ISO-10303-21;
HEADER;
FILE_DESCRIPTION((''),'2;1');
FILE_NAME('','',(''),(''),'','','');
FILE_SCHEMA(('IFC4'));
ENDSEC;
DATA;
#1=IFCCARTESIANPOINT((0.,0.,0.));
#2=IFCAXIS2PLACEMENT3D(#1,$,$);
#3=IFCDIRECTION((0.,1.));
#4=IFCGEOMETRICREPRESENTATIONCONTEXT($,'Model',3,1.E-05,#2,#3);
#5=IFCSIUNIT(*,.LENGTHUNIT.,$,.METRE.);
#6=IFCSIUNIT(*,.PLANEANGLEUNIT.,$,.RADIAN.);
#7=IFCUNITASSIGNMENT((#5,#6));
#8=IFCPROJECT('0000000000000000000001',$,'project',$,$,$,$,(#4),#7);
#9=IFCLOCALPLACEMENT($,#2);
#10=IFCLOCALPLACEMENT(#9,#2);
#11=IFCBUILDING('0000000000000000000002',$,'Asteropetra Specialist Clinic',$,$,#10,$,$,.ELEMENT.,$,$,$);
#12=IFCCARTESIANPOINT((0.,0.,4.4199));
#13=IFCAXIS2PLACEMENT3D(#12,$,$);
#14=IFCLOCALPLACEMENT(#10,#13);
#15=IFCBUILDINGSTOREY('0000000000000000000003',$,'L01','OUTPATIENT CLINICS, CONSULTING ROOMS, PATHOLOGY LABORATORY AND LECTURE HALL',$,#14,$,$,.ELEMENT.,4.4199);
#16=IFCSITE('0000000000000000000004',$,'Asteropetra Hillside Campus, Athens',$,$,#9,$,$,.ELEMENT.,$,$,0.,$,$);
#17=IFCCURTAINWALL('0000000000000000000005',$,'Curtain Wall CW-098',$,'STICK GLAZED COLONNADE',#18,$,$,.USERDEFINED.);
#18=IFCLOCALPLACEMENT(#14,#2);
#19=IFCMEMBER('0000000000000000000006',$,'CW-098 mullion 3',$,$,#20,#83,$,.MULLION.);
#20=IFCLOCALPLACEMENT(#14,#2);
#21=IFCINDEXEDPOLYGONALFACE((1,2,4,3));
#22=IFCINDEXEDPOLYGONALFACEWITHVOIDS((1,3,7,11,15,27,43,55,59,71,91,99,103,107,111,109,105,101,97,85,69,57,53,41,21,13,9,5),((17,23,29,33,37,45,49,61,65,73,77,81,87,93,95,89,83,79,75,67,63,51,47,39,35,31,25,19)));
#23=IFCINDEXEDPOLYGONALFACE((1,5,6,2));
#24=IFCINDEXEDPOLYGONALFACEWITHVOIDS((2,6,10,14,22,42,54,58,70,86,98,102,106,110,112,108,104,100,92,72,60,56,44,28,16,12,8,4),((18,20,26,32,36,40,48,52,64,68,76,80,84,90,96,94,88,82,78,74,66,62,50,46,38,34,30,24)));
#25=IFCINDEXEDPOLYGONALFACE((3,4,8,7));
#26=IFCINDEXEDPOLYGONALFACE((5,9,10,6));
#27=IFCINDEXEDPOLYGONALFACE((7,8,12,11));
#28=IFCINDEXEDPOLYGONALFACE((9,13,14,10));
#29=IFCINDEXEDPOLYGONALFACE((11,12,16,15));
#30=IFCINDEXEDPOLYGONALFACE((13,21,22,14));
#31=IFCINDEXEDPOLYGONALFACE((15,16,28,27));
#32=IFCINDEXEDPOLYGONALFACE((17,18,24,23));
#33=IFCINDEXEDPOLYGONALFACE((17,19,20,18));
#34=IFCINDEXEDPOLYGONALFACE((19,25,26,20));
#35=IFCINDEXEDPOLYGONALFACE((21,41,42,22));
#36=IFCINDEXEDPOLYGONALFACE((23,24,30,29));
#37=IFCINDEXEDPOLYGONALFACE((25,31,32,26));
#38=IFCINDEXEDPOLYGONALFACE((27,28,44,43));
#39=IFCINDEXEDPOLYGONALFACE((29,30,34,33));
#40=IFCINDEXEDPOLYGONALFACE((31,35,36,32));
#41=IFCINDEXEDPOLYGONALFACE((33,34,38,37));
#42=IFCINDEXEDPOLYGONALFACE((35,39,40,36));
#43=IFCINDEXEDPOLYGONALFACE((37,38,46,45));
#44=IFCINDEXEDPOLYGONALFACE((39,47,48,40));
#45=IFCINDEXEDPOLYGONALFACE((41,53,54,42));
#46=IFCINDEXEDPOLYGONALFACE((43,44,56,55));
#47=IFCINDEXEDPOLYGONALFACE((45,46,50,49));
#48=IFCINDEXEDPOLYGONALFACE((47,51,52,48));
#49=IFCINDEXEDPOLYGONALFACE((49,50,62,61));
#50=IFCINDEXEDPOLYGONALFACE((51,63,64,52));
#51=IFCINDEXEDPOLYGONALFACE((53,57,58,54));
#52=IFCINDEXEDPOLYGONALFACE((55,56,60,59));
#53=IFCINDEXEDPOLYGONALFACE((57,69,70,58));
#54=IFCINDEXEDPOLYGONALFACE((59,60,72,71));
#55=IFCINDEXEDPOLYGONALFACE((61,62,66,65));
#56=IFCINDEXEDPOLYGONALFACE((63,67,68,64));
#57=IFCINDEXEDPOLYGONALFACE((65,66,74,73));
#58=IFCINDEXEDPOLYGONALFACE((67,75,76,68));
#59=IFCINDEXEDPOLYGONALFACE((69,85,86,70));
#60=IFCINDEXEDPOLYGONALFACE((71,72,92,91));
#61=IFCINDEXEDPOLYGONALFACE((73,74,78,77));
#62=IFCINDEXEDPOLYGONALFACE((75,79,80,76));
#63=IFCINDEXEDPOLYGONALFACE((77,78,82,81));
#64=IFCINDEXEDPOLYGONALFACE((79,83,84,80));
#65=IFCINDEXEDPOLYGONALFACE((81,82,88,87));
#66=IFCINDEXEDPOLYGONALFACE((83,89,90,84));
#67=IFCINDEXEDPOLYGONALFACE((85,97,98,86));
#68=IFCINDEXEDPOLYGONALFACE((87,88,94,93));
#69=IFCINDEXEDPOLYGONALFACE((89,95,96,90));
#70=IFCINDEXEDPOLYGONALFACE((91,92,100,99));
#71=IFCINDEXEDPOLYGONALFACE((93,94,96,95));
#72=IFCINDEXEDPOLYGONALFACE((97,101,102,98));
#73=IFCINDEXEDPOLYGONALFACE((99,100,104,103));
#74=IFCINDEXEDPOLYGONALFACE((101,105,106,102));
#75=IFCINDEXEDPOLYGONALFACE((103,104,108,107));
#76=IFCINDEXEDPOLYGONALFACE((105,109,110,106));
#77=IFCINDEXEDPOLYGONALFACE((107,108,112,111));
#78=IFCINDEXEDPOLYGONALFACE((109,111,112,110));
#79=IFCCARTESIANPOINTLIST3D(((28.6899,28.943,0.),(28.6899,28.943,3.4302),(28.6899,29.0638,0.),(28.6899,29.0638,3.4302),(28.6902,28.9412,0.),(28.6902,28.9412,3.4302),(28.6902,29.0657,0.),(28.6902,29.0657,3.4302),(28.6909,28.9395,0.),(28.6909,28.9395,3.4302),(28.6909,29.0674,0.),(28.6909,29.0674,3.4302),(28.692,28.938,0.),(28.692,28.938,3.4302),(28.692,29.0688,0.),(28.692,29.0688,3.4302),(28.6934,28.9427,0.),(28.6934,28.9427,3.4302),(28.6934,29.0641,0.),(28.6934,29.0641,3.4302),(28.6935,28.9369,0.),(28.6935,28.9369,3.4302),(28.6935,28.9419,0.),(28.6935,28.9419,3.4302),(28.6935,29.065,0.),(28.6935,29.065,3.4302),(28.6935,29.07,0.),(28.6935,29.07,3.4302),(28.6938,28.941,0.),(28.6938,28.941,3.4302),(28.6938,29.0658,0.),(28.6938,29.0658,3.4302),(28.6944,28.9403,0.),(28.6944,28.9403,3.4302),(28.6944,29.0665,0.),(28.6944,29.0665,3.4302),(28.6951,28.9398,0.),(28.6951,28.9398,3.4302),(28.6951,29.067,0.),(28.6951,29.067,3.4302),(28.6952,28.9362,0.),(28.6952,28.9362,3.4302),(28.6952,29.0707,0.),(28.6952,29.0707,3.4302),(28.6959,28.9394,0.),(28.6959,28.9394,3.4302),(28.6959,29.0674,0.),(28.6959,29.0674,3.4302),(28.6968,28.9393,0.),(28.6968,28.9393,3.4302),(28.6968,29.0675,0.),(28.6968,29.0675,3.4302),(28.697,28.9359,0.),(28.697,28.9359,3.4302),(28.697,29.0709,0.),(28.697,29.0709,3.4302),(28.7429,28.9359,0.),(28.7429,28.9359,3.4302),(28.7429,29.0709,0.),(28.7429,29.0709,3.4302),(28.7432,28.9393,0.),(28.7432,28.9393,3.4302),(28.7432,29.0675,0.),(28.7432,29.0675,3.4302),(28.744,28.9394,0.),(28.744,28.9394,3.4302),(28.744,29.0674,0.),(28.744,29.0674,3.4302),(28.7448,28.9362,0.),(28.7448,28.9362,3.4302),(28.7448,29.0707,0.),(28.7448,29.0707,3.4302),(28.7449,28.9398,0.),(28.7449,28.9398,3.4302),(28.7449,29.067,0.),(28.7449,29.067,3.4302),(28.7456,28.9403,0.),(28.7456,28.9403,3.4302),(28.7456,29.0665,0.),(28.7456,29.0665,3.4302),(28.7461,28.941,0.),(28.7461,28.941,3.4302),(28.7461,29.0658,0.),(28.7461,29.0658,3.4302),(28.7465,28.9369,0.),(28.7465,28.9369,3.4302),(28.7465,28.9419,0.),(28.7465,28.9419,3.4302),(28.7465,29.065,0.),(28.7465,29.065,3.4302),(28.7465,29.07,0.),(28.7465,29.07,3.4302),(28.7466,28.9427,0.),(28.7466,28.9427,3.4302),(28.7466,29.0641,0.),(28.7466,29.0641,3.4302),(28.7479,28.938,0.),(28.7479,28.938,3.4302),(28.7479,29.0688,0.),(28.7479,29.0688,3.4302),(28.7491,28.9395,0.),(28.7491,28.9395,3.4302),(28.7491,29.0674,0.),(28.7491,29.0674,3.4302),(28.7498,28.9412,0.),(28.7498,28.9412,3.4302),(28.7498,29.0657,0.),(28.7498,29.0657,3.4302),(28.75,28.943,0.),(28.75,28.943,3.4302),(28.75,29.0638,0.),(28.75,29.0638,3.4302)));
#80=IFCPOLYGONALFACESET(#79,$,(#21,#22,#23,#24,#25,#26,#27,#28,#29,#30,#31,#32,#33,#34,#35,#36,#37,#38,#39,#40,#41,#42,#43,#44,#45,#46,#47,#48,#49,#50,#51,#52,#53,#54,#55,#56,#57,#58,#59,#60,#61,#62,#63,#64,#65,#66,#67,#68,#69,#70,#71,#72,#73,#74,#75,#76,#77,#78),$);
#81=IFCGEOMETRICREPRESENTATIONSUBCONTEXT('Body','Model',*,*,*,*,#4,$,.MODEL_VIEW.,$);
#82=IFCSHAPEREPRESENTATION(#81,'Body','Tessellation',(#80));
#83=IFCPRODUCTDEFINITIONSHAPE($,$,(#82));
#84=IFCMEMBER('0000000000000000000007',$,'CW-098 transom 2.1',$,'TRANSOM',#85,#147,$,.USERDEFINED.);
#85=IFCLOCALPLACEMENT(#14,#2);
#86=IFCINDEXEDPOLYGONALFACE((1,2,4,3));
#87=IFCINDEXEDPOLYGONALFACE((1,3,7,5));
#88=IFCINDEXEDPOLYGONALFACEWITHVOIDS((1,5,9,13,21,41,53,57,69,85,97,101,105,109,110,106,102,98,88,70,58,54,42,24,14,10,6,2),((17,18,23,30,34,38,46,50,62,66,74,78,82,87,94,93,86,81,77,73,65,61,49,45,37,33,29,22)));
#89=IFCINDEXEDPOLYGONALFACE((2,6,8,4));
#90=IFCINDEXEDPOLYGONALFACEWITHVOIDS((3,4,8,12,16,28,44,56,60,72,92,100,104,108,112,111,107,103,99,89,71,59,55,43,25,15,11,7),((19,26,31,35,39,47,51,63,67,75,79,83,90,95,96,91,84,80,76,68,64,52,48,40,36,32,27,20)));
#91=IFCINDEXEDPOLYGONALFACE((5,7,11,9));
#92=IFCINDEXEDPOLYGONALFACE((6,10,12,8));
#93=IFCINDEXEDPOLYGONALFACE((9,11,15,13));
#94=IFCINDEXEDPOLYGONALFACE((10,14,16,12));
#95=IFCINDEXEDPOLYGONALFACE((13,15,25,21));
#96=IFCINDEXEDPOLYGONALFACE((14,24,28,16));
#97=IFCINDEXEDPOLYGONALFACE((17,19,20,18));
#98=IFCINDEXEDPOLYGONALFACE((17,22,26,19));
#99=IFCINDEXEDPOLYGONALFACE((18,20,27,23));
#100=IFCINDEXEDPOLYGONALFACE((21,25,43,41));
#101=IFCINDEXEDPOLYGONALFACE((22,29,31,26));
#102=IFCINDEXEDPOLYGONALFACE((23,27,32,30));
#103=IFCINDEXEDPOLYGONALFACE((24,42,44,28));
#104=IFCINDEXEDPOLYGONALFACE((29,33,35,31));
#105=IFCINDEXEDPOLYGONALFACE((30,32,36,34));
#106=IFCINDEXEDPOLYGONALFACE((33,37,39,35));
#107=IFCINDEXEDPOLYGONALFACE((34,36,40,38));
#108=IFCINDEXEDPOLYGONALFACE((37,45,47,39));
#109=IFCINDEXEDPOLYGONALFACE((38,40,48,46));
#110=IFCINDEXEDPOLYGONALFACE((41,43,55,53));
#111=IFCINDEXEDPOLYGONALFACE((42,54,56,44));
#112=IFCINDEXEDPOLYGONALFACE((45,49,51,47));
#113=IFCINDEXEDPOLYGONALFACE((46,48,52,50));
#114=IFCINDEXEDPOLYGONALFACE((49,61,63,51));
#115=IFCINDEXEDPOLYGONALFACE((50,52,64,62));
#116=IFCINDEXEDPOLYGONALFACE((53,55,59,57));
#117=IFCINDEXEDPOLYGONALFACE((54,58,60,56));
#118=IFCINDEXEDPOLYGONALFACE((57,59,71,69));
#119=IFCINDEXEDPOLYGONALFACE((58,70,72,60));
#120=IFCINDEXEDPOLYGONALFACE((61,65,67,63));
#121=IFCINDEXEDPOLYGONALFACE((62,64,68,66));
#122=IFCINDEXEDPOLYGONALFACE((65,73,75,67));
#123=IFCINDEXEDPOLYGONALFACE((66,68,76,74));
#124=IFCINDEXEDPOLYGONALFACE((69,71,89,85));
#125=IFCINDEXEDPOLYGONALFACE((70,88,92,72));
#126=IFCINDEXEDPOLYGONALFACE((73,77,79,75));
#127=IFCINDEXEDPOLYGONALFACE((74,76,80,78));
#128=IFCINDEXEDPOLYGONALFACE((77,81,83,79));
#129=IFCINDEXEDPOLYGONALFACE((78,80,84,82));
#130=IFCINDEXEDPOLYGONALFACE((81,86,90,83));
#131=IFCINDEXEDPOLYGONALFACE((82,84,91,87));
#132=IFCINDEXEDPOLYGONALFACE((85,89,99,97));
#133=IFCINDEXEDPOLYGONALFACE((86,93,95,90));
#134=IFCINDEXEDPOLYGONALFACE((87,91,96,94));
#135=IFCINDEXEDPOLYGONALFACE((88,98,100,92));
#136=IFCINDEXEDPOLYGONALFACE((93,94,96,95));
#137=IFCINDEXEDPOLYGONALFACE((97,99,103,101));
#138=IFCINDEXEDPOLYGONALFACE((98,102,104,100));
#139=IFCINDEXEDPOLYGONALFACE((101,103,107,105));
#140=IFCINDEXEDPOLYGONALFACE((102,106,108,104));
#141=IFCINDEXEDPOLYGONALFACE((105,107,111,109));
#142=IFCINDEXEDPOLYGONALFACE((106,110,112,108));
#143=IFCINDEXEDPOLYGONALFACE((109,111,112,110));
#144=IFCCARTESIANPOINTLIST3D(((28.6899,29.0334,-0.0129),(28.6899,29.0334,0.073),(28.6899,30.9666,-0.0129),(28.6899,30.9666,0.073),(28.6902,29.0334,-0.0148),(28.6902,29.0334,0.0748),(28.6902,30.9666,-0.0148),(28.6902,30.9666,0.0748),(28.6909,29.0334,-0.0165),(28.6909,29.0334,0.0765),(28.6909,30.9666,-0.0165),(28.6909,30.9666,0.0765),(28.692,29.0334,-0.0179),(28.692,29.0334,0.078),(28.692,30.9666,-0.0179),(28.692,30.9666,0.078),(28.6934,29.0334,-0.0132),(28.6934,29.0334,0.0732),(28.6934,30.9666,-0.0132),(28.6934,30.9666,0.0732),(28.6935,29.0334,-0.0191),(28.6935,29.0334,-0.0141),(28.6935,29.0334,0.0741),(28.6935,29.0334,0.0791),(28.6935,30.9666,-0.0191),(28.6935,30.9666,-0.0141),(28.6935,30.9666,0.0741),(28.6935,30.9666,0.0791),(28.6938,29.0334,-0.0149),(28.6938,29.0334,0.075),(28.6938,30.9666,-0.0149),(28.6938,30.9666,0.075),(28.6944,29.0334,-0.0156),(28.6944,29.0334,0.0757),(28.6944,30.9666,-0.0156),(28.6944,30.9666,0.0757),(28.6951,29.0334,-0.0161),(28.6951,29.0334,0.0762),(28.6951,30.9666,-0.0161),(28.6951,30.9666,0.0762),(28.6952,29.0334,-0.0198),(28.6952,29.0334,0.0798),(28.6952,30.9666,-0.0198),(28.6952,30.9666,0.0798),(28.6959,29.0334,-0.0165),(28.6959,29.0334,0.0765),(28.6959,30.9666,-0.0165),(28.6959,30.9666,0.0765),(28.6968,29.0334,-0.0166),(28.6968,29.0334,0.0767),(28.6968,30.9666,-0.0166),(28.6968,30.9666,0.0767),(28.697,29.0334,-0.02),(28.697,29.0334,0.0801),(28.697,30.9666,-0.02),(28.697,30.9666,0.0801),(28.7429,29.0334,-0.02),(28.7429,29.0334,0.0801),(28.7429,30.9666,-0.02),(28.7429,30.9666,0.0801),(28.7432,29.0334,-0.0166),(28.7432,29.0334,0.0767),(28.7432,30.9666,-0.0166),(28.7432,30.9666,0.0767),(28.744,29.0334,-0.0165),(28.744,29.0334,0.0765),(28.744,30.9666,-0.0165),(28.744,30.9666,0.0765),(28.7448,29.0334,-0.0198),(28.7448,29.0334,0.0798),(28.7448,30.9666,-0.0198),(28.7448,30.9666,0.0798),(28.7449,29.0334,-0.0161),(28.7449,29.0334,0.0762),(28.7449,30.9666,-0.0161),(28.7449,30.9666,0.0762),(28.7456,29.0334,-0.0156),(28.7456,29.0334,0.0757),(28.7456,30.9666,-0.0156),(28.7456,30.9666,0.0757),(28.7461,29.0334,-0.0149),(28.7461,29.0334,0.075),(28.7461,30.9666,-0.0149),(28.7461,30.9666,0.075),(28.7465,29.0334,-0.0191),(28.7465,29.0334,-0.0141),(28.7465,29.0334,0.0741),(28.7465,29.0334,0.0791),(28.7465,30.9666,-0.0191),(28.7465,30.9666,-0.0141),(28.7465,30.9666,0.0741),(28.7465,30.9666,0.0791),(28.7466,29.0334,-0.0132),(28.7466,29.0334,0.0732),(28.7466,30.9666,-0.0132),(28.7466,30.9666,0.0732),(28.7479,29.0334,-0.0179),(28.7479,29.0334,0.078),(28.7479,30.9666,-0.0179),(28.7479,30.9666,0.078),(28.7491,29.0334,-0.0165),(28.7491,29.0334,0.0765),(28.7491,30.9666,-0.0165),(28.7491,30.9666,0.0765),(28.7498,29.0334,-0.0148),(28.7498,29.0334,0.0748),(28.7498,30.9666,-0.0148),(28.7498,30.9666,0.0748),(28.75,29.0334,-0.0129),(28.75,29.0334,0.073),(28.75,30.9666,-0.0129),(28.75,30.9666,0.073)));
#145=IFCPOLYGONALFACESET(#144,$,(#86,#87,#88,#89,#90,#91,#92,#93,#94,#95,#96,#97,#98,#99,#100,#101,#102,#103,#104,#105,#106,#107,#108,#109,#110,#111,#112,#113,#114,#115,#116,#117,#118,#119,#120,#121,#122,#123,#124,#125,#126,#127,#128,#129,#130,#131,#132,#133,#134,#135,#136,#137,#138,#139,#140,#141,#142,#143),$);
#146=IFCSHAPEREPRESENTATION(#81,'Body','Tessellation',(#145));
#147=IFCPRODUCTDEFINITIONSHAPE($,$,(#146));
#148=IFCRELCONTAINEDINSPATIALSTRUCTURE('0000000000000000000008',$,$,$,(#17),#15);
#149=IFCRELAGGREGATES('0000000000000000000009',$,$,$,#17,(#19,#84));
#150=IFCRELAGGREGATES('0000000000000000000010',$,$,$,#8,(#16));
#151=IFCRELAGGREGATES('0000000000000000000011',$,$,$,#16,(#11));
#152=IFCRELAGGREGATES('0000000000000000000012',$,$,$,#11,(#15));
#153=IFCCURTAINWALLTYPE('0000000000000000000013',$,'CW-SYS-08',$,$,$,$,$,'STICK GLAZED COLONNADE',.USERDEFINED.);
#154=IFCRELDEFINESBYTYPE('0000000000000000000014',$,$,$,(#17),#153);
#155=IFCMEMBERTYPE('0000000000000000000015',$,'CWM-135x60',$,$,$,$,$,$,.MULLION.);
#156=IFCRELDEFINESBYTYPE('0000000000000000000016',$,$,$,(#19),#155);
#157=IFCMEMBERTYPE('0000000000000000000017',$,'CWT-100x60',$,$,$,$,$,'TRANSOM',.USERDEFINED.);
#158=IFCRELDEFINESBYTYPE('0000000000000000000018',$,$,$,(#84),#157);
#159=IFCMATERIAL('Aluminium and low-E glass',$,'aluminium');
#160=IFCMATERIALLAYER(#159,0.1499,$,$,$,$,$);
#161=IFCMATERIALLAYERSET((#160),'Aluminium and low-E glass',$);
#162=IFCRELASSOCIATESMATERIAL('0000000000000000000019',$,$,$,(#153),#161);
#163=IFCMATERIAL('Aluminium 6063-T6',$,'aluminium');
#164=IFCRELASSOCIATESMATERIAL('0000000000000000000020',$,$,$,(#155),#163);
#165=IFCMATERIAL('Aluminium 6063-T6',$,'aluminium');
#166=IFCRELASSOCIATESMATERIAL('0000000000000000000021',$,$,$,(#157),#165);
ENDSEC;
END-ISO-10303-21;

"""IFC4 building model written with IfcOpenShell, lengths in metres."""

from ifc_helpers import new_model, si_unit, direction, frame, origin, origin_2d, place, context, subcontext, project, spatial, hollow_rectangle, extrude, material, layer, layer_set, material_profile, profile_set, type_object, element, aggregate, save


model = new_model("IFC4")

# Units and contexts
model_context = context("Model", 3, precision=1e-05, world=origin(), true_north=direction((0.0, 1.0)))
body_context = subcontext(model_context, "Body", "Model", "MODEL_VIEW")
ifc_project = project(units=[si_unit("LENGTHUNIT", "METRE"), si_unit("PLANEANGLEUNIT", "RADIAN")], contexts=[model_context])

# Site, building, storey
site_placement = place(None, origin())
site = spatial("IfcSite", under=ifc_project, at=site_placement, Name="Asteropetra Hillside Campus, Athens", CompositionType="ELEMENT", RefElevation=0.0)
building_placement = place(site_placement, origin())
building = spatial("IfcBuilding", under=site, at=building_placement, Name="Asteropetra Specialist Clinic", CompositionType="ELEMENT")
storey_placement = place(building_placement, frame((0.0, 0.0, 4.4199)))
storey = spatial("IfcBuildingStorey", under=building, at=storey_placement, Name="L01", Description="OUTPATIENT CLINICS, CONSULTING ROOMS, PATHOLOGY LABORATORY AND LECTURE HALL", CompositionType="ELEMENT", Elevation=4.4199)

# Curtain wall, members
ifc_material_1 = material(Name="Aluminium and low-E glass", Category="aluminium")
ifc_layer_1 = layer(ifc_material_1, 0.1499)
ifc_layer_set_1 = layer_set([ifc_layer_1], Name="Aluminium and low-E glass")
curtain_wall_type = type_object("IfcCurtainWallType", Name="CW-SYS-08", ElementType="STICK GLAZED COLONNADE", PredefinedType="USERDEFINED", material=ifc_layer_set_1)
curtain_wall_placement = place(storey_placement, origin())
curtain_wall = element("IfcCurtainWall", 1, at=curtain_wall_placement, inside=storey, type_object=curtain_wall_type, Name="Curtain Wall CW-098", ObjectType="STICK GLAZED COLONNADE", PredefinedType="USERDEFINED")
ifc_material_2 = material(Name="Aluminium 6063-T6", Category="aluminium")
ifc_material_profile_1 = material_profile(ifc_material_2, hollow_rectangle(XDim=0.0601, YDim=0.135, WallThickness=0.0034, InnerFilletRadius=0.0034, OuterFilletRadius=0.0071, at=origin_2d()), Name="MUL 135x60x3.5")
ifc_profile_set_1 = profile_set([ifc_material_profile_1], Name="Aluminium 6063-T6")
member_type_1 = type_object("IfcMemberType", Name="CWM-135x60", PredefinedType="MULLION", material=ifc_profile_set_1)
member_1_placement = place(storey_placement, frame((28.72, 29.0034, 0.0), z_axis=(0.0, 0.0, 1.0), x_axis=(1.0, 0.0, 0.0)))
member_1 = element("IfcMember", 2, at=member_1_placement, type_object=member_type_1, Name="CW-098 mullion 3", PredefinedType="MULLION", context=body_context, shape_type="SweptSolid", body=[
    extrude(hollow_rectangle(XDim=0.0601, YDim=0.135, WallThickness=0.0034, InnerFilletRadius=0.0034, OuterFilletRadius=0.0071, at=origin_2d()), origin(), (0.0, 0.0, 1.0), 3.4302),
])
ifc_material_3 = material(Name="Aluminium 6063-T6", Category="aluminium")
ifc_material_profile_2 = material_profile(ifc_material_3, hollow_rectangle(XDim=0.0601, YDim=0.1001, WallThickness=0.0034, InnerFilletRadius=0.0034, OuterFilletRadius=0.0071, at=origin_2d()), Name="TRN 100x60x3.5")
ifc_profile_set_2 = profile_set([ifc_material_profile_2], Name="Aluminium 6063-T6")
member_type_2 = type_object("IfcMemberType", Name="CWT-100x60", ElementType="TRANSOM", PredefinedType="USERDEFINED", material=ifc_profile_set_2)
member_2_placement = place(storey_placement, frame((28.72, 30.9666, 0.03), z_axis=(0.0, -1.0, 0.0), x_axis=(1.0, 0.0, 0.0)))
member_2 = element("IfcMember", 3, at=member_2_placement, type_object=member_type_2, Name="CW-098 transom 2.1", ObjectType="TRANSOM", PredefinedType="USERDEFINED", context=body_context, shape_type="SweptSolid", body=[
    extrude(hollow_rectangle(XDim=0.0601, YDim=0.1001, WallThickness=0.0034, InnerFilletRadius=0.0034, OuterFilletRadius=0.0071, at=origin_2d()), origin(), (0.0, 0.0, 1.0), 1.9331),
])

aggregate(curtain_wall, [member_1, member_2])

save(model, "model.ifc")
